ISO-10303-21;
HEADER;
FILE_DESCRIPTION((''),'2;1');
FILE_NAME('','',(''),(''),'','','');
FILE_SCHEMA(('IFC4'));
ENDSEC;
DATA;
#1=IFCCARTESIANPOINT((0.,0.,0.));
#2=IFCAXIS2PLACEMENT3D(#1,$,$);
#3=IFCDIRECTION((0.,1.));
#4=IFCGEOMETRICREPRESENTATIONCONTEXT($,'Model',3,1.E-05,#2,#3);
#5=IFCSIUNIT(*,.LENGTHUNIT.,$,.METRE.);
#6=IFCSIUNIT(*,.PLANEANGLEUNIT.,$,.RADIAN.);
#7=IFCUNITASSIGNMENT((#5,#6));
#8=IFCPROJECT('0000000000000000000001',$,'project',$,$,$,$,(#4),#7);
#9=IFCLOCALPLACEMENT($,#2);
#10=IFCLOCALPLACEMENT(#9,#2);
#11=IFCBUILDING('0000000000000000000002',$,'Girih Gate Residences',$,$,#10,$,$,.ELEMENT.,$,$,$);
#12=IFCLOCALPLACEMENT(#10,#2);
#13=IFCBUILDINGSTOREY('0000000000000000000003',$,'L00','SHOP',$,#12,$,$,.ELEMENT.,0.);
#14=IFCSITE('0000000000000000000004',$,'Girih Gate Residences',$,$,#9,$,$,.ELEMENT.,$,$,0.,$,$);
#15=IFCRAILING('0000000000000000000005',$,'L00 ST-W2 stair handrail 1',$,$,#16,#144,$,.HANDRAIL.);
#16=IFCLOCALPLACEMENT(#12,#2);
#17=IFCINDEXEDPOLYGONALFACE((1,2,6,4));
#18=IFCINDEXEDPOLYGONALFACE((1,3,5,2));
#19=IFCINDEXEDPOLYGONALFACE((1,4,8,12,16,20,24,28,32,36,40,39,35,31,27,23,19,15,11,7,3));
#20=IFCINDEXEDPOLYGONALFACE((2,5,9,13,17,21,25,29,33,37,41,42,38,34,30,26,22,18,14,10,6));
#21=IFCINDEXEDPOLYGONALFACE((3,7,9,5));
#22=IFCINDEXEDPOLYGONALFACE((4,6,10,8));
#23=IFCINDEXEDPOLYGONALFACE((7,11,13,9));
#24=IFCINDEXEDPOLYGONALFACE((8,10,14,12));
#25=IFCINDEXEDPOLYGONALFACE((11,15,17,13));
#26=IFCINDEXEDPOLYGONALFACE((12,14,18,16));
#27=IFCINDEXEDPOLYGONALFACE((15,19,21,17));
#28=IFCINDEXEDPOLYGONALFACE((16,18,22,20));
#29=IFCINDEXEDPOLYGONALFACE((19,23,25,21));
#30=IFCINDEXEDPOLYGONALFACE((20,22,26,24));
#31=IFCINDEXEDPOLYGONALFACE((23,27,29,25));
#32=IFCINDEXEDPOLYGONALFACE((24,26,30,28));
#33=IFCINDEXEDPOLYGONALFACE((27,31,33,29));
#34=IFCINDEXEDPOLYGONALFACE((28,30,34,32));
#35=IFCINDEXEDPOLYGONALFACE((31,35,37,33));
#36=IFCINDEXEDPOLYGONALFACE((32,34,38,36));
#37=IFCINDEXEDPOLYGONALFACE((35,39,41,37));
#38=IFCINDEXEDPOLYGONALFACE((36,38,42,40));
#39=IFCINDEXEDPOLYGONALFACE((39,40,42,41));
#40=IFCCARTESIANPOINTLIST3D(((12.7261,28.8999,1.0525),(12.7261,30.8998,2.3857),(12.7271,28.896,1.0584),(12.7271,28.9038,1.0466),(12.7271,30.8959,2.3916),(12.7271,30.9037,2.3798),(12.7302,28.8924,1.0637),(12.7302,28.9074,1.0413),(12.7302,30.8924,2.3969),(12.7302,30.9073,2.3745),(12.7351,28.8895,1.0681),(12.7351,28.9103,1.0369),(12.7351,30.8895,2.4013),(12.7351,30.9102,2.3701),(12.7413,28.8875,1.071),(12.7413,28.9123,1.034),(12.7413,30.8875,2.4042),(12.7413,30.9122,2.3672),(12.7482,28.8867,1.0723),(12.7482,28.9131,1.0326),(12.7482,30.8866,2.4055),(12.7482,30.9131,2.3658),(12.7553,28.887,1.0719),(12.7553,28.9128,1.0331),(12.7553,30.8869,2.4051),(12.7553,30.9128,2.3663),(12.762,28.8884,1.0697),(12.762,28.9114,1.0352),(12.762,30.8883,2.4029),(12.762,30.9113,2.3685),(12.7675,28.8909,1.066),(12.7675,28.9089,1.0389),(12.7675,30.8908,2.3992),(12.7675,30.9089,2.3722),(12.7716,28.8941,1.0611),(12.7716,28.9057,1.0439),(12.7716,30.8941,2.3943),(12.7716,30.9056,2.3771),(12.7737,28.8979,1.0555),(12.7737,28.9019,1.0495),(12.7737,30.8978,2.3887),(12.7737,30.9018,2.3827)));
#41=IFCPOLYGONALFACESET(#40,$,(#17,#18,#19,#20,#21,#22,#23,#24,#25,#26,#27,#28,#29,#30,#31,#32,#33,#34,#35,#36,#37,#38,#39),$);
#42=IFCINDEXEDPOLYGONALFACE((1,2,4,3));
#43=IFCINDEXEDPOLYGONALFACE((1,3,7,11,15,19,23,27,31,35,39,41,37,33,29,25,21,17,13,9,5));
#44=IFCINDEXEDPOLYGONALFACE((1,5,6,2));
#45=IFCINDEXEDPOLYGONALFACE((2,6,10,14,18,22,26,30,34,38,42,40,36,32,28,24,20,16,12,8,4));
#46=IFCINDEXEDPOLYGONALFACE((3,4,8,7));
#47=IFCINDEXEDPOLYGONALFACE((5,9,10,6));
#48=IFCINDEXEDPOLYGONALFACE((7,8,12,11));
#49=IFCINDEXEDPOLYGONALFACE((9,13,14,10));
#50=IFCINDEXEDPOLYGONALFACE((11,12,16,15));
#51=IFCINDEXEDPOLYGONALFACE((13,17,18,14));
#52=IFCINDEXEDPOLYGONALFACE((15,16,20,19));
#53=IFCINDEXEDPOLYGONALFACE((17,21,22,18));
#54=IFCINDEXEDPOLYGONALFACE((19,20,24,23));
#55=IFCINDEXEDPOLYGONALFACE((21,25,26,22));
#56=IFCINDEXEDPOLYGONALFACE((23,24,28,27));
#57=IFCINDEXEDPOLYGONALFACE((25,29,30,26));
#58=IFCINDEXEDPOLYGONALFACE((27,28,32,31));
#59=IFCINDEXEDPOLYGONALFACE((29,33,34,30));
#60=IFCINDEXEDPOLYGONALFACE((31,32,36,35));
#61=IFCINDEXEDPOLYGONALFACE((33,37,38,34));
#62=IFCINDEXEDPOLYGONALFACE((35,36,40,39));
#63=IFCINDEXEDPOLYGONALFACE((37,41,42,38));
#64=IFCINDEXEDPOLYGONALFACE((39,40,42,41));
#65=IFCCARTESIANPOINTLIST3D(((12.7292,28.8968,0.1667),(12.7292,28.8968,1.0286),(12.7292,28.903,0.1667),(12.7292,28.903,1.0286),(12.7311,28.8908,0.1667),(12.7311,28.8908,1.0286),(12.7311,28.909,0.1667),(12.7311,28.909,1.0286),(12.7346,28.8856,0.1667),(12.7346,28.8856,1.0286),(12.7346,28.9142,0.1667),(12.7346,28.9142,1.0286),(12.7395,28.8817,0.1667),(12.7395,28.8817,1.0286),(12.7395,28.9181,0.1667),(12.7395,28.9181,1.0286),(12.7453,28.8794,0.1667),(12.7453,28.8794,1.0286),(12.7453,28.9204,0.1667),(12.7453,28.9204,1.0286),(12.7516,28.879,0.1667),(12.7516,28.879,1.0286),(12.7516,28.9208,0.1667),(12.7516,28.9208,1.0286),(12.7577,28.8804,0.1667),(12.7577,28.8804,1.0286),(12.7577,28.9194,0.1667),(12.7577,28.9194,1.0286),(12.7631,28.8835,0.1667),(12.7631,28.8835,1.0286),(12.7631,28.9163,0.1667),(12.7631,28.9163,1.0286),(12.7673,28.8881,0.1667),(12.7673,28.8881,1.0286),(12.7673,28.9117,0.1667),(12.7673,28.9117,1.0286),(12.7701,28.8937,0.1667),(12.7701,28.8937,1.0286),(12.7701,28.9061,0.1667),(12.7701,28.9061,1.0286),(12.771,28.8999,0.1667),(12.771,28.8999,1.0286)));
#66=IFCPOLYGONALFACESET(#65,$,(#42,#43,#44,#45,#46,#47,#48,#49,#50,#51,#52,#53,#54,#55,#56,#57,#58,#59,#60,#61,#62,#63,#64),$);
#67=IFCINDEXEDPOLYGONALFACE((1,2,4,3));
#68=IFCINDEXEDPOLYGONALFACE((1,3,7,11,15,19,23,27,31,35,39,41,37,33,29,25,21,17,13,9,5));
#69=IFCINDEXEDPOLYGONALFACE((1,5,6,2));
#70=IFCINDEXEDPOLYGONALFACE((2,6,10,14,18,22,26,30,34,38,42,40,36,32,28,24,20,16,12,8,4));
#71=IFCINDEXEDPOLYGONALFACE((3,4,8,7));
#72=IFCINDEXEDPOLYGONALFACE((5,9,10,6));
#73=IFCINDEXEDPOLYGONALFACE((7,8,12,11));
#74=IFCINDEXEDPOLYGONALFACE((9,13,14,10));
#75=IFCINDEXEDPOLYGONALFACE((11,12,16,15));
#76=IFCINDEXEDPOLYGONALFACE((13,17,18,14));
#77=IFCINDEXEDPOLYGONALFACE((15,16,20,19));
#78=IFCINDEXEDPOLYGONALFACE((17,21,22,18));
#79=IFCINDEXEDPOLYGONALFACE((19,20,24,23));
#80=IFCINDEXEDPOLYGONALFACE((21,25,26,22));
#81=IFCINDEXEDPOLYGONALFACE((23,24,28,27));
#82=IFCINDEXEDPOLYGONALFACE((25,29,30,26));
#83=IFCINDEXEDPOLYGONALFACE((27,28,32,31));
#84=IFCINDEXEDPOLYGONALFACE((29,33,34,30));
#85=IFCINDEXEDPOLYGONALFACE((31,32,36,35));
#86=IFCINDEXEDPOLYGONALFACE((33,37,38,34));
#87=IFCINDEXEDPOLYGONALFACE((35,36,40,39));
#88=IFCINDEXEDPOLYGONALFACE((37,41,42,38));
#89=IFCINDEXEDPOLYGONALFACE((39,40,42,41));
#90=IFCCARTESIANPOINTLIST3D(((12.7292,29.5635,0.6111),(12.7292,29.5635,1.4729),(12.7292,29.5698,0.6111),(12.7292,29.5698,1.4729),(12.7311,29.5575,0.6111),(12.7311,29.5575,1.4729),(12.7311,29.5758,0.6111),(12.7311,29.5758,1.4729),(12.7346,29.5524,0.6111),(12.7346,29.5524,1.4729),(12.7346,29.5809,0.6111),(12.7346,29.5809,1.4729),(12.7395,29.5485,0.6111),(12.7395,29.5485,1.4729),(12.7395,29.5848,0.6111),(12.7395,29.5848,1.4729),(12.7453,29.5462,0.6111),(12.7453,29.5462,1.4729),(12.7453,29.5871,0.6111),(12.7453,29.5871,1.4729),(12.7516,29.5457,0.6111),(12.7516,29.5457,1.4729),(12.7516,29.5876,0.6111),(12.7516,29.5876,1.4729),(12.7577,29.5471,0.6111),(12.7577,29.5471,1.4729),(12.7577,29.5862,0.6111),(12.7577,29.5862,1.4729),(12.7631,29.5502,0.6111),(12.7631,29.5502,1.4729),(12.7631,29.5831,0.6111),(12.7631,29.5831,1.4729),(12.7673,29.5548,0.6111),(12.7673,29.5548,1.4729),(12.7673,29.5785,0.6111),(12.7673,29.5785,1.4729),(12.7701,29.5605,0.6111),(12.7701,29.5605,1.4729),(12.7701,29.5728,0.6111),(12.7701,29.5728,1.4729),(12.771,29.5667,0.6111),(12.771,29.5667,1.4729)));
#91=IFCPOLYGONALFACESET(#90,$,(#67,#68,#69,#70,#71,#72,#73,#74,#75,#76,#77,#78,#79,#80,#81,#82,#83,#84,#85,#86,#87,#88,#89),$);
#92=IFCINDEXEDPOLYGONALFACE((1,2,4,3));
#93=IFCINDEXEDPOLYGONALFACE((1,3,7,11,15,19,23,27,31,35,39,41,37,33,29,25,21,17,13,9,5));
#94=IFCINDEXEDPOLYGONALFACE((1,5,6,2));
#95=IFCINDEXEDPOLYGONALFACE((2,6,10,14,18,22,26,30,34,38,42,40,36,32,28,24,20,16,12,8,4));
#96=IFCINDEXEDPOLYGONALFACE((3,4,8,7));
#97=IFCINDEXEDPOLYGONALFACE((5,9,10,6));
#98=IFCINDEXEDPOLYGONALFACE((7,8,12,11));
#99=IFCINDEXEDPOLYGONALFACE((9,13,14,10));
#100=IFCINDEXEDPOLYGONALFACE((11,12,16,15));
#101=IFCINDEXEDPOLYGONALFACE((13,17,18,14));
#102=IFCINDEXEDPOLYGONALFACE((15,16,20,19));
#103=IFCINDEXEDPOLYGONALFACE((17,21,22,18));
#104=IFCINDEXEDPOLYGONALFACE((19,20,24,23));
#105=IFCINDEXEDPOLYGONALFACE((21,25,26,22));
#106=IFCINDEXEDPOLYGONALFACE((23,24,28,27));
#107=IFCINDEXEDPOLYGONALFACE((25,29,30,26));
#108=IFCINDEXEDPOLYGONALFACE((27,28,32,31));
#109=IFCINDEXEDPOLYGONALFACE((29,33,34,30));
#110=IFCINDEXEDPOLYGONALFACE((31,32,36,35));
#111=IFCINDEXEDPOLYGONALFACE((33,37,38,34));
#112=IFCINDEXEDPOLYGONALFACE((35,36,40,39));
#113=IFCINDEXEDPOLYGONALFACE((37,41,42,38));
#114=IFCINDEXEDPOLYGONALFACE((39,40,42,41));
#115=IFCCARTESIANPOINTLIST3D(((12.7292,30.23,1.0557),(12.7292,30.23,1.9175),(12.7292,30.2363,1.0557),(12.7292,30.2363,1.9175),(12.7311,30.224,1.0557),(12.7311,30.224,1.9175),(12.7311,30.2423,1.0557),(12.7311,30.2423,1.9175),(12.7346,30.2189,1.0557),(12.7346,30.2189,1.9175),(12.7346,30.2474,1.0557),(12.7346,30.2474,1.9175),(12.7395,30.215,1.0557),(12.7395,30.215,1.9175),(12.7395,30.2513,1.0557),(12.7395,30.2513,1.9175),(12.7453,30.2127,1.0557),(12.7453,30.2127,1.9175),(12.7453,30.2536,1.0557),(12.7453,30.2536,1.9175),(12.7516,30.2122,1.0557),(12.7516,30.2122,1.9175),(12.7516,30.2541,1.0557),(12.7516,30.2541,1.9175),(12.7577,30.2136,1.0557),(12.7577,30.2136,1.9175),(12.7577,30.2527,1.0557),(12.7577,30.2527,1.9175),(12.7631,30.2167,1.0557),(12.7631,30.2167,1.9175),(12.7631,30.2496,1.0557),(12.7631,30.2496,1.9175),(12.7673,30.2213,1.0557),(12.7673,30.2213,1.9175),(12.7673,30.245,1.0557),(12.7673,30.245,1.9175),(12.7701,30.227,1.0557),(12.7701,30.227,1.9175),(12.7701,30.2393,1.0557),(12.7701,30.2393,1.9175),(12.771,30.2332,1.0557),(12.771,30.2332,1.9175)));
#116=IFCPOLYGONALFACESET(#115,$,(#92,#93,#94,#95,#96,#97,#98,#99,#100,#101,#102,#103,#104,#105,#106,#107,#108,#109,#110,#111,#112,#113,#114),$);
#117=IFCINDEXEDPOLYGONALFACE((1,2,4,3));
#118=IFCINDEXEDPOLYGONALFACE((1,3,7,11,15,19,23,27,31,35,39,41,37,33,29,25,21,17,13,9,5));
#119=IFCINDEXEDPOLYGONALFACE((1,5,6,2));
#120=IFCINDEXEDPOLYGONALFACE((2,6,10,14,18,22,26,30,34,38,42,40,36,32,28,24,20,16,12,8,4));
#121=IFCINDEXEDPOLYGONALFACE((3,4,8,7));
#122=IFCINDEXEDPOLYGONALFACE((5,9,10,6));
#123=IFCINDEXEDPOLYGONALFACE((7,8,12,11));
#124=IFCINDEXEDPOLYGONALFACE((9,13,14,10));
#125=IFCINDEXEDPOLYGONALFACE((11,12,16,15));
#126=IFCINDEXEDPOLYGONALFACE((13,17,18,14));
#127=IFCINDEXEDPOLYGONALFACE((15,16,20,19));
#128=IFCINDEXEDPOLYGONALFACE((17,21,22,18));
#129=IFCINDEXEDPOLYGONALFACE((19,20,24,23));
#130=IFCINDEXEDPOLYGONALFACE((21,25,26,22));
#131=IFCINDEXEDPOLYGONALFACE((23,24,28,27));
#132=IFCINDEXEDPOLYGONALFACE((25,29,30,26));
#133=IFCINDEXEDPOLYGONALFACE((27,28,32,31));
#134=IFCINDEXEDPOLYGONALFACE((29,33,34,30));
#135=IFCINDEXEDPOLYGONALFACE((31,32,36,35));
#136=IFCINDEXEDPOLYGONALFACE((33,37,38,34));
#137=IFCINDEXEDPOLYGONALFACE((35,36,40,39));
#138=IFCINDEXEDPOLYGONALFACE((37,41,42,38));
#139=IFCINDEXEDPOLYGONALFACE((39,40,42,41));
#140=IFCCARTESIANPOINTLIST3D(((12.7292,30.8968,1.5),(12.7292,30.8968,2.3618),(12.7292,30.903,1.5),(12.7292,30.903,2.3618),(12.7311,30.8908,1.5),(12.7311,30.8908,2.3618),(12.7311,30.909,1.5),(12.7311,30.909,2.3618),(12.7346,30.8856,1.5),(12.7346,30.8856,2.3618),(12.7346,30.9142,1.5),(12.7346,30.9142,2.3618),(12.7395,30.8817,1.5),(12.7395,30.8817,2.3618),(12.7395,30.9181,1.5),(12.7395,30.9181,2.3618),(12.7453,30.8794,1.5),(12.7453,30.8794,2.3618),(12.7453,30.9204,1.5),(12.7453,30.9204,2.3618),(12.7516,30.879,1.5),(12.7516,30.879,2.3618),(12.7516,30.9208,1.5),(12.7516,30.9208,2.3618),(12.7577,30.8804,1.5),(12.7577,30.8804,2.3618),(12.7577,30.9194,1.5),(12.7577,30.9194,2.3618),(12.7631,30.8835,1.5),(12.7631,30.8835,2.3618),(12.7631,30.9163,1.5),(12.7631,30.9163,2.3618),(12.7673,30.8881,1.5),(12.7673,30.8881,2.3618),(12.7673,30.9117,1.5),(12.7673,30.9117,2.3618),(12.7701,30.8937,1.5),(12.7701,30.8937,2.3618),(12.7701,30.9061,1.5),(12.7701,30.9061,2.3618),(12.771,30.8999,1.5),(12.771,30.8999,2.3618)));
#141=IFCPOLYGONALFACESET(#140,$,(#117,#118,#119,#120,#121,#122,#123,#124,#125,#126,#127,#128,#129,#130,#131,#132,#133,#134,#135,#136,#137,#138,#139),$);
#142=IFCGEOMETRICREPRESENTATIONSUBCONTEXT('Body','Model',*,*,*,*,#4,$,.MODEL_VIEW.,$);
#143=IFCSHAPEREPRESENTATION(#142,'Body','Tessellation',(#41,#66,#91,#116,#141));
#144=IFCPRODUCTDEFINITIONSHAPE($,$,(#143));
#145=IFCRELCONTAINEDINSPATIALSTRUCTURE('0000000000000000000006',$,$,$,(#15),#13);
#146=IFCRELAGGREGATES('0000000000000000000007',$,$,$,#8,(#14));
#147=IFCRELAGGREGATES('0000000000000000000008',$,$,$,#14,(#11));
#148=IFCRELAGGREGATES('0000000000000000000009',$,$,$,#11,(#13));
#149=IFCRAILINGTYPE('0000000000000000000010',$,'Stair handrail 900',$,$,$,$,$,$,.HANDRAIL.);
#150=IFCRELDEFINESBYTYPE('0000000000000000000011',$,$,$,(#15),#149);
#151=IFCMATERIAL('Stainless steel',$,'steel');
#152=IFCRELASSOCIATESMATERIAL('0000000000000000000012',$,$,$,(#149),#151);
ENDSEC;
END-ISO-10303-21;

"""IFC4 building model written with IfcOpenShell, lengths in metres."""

from ifc_helpers import new_model, si_unit, direction, frame, origin, origin_2d, place, context, subcontext, project, spatial, circle, extrude, material, type_object, element, save


model = new_model("IFC4")

# Units and contexts
model_context = context("Model", 3, precision=1e-05, world=origin(), true_north=direction((0.0, 1.0)))
body_context = subcontext(model_context, "Body", "Model", "MODEL_VIEW")
ifc_project = project(units=[si_unit("LENGTHUNIT", "METRE"), si_unit("PLANEANGLEUNIT", "RADIAN")], contexts=[model_context])

# Site, building, storey
site_placement = place(None, origin())
site = spatial("IfcSite", under=ifc_project, at=site_placement, Name="Girih Gate Residences", CompositionType="ELEMENT", RefElevation=0.0)
building_placement = place(site_placement, origin())
building = spatial("IfcBuilding", under=site, at=building_placement, Name="Girih Gate Residences", CompositionType="ELEMENT")
storey_placement = place(building_placement, origin())
storey = spatial("IfcBuildingStorey", under=building, at=storey_placement, Name="L00", Description="SHOP", CompositionType="ELEMENT", Elevation=0.0)

# Railing
ifc_material_1 = material(Name="Stainless steel", Category="steel")
railing_type_1 = type_object("IfcRailingType", Name="Stair handrail 900", PredefinedType="HANDRAIL", material=ifc_material_1)
for number, where, name in (
    (1, (12.75, 28.8999, 0.1667), "L00 ST-W2 stair handrail 1"),
):
    element("IfcRailing", number, at=place(storey_placement, frame(where)), inside=storey, type_object=railing_type_1, Name=name, PredefinedType="HANDRAIL", context=body_context, shape_type="SweptSolid", body=[
        extrude(circle(Radius=0.0239, at=origin_2d()), frame((0.0, 0.0, 0.8857), z_axis=(0.0, 0.832066, 0.554677), x_axis=(-1.0, 0.0, 0.0)), (0.0, 0.0, 1.0), 2.4036),
        extrude(circle(Radius=0.021, at=origin_2d()), origin(), (0.0, 0.0, 1.0), 0.8618),
        extrude(circle(Radius=0.021, at=origin_2d()), frame((0.0, 0.6667, 0.4443)), (0.0, 0.0, 1.0), 0.8618),
        extrude(circle(Radius=0.021, at=origin_2d()), frame((0.0, 1.3333, 0.8889)), (0.0, 0.0, 1.0), 0.8618),
        extrude(circle(Radius=0.021, at=origin_2d()), frame((0.0, 2.0, 1.3333)), (0.0, 0.0, 1.0), 0.8618),
    ])

save(model, "model.ifc")
